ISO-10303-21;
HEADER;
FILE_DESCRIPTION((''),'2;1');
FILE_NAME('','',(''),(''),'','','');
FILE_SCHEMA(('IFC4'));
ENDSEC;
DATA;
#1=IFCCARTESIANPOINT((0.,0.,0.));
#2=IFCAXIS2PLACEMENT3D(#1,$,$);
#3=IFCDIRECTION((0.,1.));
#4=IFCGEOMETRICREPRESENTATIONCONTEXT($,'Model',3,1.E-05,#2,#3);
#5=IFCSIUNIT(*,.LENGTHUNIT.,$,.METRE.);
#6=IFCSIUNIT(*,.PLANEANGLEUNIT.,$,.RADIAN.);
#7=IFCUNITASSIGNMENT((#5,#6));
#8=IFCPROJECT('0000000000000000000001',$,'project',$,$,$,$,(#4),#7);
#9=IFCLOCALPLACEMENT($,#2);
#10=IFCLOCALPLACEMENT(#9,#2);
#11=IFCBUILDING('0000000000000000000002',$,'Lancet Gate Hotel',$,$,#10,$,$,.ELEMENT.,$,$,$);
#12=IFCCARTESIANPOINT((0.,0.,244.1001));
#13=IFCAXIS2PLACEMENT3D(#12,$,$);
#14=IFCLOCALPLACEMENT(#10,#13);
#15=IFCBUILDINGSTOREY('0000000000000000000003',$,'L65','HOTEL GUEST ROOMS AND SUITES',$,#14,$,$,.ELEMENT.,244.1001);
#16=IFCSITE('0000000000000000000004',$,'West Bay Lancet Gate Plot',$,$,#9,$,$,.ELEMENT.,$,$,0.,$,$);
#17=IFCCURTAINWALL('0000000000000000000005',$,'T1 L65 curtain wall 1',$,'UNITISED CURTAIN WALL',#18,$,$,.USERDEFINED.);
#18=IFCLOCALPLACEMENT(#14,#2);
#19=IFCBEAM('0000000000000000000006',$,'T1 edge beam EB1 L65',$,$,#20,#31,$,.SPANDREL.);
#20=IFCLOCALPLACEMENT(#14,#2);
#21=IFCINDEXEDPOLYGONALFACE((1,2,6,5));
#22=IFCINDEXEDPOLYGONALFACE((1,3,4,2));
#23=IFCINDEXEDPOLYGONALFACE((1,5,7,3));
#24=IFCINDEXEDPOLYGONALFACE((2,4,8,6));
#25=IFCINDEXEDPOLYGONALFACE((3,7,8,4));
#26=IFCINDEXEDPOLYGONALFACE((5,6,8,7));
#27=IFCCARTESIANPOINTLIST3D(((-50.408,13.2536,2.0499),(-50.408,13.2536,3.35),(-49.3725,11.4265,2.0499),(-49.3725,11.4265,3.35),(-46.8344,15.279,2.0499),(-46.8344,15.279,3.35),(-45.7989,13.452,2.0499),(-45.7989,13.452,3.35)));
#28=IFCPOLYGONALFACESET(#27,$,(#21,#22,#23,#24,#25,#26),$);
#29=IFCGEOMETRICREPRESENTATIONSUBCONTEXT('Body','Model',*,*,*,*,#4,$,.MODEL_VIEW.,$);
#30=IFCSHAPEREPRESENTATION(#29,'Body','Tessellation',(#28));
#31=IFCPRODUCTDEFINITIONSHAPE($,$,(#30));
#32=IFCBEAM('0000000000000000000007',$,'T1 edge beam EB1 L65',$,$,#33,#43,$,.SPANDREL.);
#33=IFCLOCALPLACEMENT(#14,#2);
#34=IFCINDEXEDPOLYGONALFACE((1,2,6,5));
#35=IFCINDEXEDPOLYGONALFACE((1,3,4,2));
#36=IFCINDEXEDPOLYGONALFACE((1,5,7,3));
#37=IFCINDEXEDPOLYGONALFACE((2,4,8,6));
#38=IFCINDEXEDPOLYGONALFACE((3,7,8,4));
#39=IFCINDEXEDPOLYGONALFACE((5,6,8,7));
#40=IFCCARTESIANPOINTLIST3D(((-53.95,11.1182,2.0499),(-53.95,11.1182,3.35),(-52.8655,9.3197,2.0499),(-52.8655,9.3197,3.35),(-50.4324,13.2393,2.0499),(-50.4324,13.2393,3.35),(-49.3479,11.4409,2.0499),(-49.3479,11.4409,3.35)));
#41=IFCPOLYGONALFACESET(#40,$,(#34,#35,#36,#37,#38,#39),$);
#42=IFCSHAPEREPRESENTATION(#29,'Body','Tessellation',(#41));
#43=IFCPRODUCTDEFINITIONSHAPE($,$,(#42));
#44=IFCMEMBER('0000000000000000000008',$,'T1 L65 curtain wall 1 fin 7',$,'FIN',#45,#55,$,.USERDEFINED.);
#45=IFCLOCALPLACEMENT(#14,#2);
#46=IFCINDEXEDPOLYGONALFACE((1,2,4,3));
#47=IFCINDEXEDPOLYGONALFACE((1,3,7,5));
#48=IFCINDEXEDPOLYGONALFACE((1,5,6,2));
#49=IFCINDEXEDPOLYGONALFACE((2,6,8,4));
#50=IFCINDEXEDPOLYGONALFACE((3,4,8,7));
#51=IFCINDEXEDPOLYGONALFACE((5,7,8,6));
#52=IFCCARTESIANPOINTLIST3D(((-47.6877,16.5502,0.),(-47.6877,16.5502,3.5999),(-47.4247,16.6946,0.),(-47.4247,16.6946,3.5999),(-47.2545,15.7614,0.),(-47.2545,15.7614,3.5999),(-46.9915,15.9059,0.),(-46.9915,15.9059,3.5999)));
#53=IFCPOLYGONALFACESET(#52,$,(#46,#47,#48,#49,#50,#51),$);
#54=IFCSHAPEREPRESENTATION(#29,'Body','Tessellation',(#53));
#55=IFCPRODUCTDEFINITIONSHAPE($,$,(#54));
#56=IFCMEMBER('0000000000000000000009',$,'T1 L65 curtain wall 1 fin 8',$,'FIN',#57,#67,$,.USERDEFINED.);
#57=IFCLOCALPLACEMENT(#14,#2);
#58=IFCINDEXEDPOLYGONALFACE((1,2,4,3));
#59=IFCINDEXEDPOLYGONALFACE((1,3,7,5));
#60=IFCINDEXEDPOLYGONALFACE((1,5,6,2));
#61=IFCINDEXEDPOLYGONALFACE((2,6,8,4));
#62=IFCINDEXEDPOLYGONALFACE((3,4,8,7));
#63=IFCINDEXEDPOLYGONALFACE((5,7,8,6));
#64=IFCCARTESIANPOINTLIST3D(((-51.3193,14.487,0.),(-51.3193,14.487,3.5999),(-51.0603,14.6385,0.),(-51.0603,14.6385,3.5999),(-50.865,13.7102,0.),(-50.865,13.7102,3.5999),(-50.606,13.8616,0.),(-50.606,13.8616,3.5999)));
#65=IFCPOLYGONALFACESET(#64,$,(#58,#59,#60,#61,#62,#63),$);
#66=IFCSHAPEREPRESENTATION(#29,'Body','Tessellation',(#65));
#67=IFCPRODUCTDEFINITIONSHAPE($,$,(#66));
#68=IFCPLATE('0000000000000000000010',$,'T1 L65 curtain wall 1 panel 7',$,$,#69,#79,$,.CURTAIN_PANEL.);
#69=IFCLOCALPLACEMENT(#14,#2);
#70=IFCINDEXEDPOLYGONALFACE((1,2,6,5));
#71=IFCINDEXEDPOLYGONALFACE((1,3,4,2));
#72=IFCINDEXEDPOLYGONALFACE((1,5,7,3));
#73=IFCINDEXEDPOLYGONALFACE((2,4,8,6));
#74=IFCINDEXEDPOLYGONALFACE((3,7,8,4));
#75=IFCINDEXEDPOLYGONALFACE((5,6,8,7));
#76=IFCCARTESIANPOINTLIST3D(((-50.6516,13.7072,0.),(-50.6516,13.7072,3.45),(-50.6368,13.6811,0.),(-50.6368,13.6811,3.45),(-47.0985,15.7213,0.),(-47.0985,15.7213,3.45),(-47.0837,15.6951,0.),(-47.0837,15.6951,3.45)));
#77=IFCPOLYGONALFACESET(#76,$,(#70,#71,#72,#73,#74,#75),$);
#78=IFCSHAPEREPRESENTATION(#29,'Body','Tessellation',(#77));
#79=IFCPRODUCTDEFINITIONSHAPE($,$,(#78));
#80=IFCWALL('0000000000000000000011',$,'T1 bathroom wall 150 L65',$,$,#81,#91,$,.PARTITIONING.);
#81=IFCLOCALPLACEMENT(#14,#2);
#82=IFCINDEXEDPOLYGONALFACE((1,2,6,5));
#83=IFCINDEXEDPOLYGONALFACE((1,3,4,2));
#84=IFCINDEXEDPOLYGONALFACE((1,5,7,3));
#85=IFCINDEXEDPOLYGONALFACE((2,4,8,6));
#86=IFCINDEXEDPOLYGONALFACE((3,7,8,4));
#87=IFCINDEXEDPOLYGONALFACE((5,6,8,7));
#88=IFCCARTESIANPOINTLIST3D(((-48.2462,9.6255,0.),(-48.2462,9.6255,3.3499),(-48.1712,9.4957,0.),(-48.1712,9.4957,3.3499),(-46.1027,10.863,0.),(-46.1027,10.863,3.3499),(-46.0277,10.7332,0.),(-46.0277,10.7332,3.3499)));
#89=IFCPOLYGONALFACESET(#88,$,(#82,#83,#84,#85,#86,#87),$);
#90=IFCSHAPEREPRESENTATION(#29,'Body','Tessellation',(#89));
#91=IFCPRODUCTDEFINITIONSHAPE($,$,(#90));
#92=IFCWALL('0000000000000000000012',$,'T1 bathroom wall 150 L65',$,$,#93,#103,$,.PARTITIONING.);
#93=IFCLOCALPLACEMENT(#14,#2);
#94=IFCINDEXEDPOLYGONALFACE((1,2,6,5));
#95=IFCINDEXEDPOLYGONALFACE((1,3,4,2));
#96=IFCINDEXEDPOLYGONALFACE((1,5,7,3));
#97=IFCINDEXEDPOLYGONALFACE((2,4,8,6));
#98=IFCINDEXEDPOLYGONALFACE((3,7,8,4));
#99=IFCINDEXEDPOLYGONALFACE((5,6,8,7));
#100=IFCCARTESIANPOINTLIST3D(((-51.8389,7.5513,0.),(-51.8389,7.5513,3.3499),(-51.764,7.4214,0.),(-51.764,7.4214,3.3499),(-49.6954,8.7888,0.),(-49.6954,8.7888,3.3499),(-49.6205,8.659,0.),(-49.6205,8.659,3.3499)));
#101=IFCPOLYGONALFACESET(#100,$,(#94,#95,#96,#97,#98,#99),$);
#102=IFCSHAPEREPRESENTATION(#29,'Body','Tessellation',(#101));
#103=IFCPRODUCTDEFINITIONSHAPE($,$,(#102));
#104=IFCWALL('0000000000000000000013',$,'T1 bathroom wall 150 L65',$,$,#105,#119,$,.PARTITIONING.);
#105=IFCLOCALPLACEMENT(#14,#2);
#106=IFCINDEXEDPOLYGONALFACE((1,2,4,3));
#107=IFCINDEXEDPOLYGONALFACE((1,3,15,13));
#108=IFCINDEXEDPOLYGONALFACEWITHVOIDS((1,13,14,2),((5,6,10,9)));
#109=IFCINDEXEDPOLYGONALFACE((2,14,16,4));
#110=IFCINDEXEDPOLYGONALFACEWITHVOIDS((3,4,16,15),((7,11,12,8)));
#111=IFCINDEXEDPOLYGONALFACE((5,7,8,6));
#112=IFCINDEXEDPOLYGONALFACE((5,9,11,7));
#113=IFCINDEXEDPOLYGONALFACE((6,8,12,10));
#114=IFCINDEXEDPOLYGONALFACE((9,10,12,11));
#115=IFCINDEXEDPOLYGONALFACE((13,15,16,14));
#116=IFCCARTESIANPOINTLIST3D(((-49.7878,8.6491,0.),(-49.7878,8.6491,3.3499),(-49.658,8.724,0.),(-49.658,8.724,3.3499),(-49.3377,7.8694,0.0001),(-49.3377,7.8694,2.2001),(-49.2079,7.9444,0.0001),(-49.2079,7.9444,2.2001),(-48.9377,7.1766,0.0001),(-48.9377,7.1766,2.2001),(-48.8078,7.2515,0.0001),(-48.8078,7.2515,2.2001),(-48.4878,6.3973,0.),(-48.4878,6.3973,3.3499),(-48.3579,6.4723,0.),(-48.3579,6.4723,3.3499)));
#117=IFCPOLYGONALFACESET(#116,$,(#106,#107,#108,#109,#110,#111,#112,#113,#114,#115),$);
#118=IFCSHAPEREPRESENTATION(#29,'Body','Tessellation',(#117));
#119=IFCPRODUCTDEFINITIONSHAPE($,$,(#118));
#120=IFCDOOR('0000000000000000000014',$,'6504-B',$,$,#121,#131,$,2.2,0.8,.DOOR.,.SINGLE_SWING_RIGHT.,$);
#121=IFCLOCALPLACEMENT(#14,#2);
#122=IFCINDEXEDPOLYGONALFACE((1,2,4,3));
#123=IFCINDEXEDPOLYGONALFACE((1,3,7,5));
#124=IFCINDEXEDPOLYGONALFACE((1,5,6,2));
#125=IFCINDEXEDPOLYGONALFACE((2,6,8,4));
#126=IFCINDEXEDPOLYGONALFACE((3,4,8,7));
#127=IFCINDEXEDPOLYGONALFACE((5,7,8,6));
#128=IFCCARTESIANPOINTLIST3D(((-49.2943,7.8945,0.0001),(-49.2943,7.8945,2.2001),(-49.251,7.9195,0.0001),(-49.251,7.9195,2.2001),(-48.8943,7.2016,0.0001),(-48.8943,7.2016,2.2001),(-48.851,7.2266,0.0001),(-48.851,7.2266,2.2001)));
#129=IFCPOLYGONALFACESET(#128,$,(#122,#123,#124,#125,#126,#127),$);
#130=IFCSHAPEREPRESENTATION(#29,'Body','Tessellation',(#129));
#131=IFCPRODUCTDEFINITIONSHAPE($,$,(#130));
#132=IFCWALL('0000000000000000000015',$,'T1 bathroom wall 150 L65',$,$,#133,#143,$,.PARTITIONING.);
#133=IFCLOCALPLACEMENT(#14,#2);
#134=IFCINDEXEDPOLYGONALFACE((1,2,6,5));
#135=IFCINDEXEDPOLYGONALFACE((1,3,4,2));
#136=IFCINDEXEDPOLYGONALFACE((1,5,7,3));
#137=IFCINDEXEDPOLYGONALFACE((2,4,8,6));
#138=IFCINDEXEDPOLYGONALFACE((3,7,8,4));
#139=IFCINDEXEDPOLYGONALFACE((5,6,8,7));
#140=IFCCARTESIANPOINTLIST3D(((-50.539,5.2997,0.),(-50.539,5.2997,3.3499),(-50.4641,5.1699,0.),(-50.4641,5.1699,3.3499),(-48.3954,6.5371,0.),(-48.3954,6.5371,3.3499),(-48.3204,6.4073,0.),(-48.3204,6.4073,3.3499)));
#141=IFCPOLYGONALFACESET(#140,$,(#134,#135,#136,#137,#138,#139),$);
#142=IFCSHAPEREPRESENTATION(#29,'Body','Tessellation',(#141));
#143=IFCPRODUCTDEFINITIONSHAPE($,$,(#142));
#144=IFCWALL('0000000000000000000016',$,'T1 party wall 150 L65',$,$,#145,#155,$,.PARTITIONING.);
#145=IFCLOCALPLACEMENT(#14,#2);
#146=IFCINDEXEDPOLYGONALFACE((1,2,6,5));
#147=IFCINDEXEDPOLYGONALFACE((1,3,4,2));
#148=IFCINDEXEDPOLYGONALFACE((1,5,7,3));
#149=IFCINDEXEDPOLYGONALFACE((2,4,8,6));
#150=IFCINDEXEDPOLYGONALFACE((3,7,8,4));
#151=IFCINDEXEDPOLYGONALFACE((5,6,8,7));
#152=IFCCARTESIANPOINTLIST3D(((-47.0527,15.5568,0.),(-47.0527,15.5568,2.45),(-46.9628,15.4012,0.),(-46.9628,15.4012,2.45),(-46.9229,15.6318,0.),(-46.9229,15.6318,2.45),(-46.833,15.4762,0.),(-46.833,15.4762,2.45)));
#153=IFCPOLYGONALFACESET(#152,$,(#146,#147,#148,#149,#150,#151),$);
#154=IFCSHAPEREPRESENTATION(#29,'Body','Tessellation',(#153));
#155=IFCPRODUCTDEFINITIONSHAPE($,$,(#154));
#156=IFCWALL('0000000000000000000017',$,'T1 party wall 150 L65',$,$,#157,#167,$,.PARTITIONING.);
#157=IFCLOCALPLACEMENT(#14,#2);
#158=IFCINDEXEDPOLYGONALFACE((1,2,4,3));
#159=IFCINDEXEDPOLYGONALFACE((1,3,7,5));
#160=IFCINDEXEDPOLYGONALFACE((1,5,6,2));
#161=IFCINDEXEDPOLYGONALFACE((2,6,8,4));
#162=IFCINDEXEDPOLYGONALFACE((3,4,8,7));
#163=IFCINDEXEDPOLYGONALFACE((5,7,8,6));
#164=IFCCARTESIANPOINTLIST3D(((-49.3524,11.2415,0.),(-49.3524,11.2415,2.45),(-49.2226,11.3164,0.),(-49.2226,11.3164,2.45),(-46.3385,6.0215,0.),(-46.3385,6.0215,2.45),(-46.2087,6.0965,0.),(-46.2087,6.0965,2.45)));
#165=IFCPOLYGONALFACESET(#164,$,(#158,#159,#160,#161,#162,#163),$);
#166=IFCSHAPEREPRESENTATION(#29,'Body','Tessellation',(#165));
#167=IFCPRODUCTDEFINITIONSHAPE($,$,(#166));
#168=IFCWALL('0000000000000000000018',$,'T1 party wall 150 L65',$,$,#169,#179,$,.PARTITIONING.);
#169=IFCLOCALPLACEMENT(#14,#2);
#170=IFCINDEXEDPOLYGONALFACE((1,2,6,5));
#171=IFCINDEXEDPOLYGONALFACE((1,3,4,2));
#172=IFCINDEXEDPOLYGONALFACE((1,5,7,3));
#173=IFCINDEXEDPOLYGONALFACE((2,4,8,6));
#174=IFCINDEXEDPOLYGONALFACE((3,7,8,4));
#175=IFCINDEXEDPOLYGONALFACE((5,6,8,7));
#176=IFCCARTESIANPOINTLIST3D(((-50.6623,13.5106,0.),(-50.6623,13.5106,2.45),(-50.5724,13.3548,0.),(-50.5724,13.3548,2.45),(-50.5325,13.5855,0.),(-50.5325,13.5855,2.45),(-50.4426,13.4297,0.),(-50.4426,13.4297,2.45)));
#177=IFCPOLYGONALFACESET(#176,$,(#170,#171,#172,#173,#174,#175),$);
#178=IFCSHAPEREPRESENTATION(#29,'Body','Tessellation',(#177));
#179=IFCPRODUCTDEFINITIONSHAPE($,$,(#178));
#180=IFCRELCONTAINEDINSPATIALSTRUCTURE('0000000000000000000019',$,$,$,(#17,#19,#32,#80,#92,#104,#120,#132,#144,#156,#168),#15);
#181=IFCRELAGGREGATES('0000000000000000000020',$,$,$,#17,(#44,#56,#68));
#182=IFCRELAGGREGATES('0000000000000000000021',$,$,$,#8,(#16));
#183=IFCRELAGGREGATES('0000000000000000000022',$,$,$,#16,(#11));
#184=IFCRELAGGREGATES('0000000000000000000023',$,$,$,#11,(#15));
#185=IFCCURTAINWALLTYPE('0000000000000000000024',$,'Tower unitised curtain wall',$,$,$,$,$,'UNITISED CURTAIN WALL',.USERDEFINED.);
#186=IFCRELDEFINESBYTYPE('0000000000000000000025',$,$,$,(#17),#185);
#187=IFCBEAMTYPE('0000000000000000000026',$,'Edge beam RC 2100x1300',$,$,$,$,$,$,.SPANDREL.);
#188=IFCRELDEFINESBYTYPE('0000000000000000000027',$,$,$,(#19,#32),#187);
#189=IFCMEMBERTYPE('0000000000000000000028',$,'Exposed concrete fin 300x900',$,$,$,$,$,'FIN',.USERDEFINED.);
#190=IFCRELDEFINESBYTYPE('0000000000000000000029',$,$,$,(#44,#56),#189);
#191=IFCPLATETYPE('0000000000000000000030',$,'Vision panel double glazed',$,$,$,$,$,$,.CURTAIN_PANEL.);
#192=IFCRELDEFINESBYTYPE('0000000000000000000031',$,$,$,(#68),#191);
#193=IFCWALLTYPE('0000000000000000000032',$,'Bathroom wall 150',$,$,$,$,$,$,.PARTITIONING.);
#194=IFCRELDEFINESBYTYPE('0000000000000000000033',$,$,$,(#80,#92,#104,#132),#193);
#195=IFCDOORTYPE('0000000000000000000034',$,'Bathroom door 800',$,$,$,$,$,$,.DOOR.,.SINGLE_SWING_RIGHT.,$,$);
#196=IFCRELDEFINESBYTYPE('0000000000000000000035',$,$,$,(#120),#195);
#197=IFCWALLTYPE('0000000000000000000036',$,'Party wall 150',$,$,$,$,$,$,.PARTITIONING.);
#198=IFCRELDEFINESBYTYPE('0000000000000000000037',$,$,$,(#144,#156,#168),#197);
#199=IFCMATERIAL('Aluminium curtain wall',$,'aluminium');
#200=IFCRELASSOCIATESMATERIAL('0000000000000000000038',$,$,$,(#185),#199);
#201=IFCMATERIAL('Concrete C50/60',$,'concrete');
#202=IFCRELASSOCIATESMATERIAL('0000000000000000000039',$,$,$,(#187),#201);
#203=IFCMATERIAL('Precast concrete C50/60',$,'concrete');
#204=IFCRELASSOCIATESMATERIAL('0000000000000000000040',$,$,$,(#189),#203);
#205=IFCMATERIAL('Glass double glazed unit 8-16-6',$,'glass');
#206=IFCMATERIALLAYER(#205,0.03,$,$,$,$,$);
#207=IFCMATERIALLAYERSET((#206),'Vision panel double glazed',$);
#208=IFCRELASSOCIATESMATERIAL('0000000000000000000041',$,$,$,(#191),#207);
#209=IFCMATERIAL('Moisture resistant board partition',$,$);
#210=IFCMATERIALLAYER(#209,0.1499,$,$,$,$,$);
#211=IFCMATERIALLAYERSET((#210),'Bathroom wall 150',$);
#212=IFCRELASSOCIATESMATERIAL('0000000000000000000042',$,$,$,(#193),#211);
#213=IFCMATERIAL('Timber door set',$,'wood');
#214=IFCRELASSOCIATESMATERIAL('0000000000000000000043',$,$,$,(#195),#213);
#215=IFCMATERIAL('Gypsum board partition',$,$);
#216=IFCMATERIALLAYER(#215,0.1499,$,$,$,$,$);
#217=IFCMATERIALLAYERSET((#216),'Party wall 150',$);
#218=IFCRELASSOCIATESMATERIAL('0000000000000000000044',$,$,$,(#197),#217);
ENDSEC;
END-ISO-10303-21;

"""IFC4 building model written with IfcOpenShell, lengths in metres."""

from ifc_helpers import new_model, si_unit, direction, frame, frame_2d, origin, origin_2d, place, context, subcontext, project, spatial, rectangle, extrude, material, layer, layer_set, material_profile, profile_set, type_object, element, fill, aggregate, save


model = new_model("IFC4")

# Units and contexts
model_context = context("Model", 3, precision=1e-05, world=origin(), true_north=direction((0.0, 1.0)))
body_context = subcontext(model_context, "Body", "Model", "MODEL_VIEW")
ifc_project = project(units=[si_unit("LENGTHUNIT", "METRE"), si_unit("PLANEANGLEUNIT", "RADIAN")], contexts=[model_context])

# Site, building, storey
site_placement = place(None, origin())
site = spatial("IfcSite", under=ifc_project, at=site_placement, Name="West Bay Lancet Gate Plot", CompositionType="ELEMENT", RefElevation=0.0)
building_placement = place(site_placement, origin())
building = spatial("IfcBuilding", under=site, at=building_placement, Name="Lancet Gate Hotel", CompositionType="ELEMENT")
storey_placement = place(building_placement, frame((0.0, 0.0, 244.1001)))
storey = spatial("IfcBuildingStorey", under=building, at=storey_placement, Name="L65", Description="HOTEL GUEST ROOMS AND SUITES", CompositionType="ELEMENT", Elevation=244.1001)

# Curtain wall
ifc_material_1 = material(Name="Aluminium curtain wall", Category="aluminium")
curtain_wall_type = type_object("IfcCurtainWallType", Name="Tower unitised curtain wall", ElementType="UNITISED CURTAIN WALL", PredefinedType="USERDEFINED", material=ifc_material_1)
curtain_wall_placement = place(storey_placement, origin())
curtain_wall = element("IfcCurtainWall", 1, at=curtain_wall_placement, inside=storey, type_object=curtain_wall_type, Name="T1 L65 curtain wall 1", ObjectType="UNITISED CURTAIN WALL", PredefinedType="USERDEFINED")

# Beams
ifc_material_2 = material(Name="Concrete C50/60", Category="concrete")
ifc_material_profile_1 = material_profile(ifc_material_2, rectangle(XDim=2.1001, YDim=1.3, at=origin_2d()), Name="RC 2100x1300")
ifc_profile_set_1 = profile_set([ifc_material_profile_1], Name="Concrete C50/60")
beam_type = type_object("IfcBeamType", Name="Edge beam RC 2100x1300", PredefinedType="SPANDREL", material=ifc_profile_set_1)
for number, where, z_axis, x_axis, name in (
    (2, (-46.3167, 14.3655, 2.7), (-0.869979, -0.493089, 0.0), (0.493089, -0.869979, 0.0), "T1 edge beam EB1 L65"),
    (3, (-49.8901, 12.3401, 2.7), (-0.856358, -0.516382, 0.0), (0.516382, -0.856358, 0.0), "T1 edge beam EB1 L65"),
):
    element("IfcBeam", number, at=place(storey_placement, frame(where, z_axis=z_axis, x_axis=x_axis)), inside=storey, type_object=beam_type, Name=name, PredefinedType="SPANDREL", context=body_context, shape_type="SweptSolid", body=[
        extrude(rectangle(XDim=2.1001, YDim=1.3, at=origin_2d()), origin(), (0.0, 0.0, 1.0), 4.1077),
    ])

# Members
ifc_material_3 = material(Name="Precast concrete C50/60", Category="concrete")
ifc_material_profile_2 = material_profile(ifc_material_3, rectangle(XDim=0.3, YDim=0.8999, at=origin_2d()), Name="FIN 300x900")
ifc_profile_set_2 = profile_set([ifc_material_profile_2], Name="Precast concrete C50/60")
member_type_1 = type_object("IfcMemberType", Name="Exposed concrete fin 300x900", ElementType="FIN", PredefinedType="USERDEFINED", material=ifc_profile_set_2)
member_1_placement = place(storey_placement, frame((-47.3396, 16.228, 0.0), z_axis=(0.0, 0.0, 1.0), x_axis=(-0.876516, -0.481372, 0.0)))
member_1 = element("IfcMember", 4, at=member_1_placement, type_object=member_type_1, Name="T1 L65 curtain wall 1 fin 7", ObjectType="FIN", PredefinedType="USERDEFINED", context=body_context, shape_type="SweptSolid", body=[
    extrude(rectangle(XDim=0.3, YDim=0.8999, at=origin_2d()), origin(), (0.0, 0.0, 1.0), 3.5999),
])
member_2_placement = place(storey_placement, frame((-50.9626, 14.1743, 0.0), z_axis=(0.0, 0.0, 1.0), x_axis=(-0.863242, -0.50479, 0.0)))
member_2 = element("IfcMember", 5, at=member_2_placement, type_object=member_type_1, Name="T1 L65 curtain wall 1 fin 8", ObjectType="FIN", PredefinedType="USERDEFINED", context=body_context, shape_type="SweptSolid", body=[
    extrude(rectangle(XDim=0.3, YDim=0.8999, at=origin_2d()), origin(), (0.0, 0.0, 1.0), 3.5999),
])

# Plate
ifc_material_4 = material(Name="Glass double glazed unit 8-16-6", Category="glass")
ifc_layer_1 = layer(ifc_material_4, 0.03)
ifc_layer_set_1 = layer_set([ifc_layer_1], Name="Vision panel double glazed")
plate_type = type_object("IfcPlateType", Name="Vision panel double glazed", PredefinedType="CURTAIN_PANEL", material=ifc_layer_set_1)
plate_placement = place(storey_placement, frame((-48.8677, 14.7012, 0.0), z_axis=(0.0, 0.0, 1.0), x_axis=(-0.869958, -0.493126, 0.0)))
plate = element("IfcPlate", 6, at=plate_placement, type_object=plate_type, Name="T1 L65 curtain wall 1 panel 7", PredefinedType="CURTAIN_PANEL", context=body_context, shape_type="SweptSolid", body=[
    extrude(rectangle(XDim=4.0842, YDim=0.03, at=origin_2d()), origin(), (0.0, 0.0, 1.0), 3.45),
])
aggregate(curtain_wall, [member_1, member_2, plate])

# Walls
ifc_material_5 = material(Name="Moisture resistant board partition")
ifc_layer_2 = layer(ifc_material_5, 0.1499)
ifc_layer_set_2 = layer_set([ifc_layer_2], Name="Bathroom wall 150")
wall_type_1 = type_object("IfcWallType", Name="Bathroom wall 150", PredefinedType="PARTITIONING", material=ifc_layer_set_2)
for number, where, z_axis, x_axis, name in (
    (7, (-46.0652, 10.7981, 0.0), (0.0, 0.0, 1.0), (-0.866031, -0.49999, 0.0), "T1 bathroom wall 150 L65"),
    (8, (-49.658, 8.7239, 0.0), (0.0, 0.0, 1.0), (-0.866031, -0.49999, 0.0), "T1 bathroom wall 150 L65"),
):
    element("IfcWall", number, at=place(storey_placement, frame(where, z_axis=z_axis, x_axis=x_axis)), inside=storey, type_object=wall_type_1, Name=name, PredefinedType="PARTITIONING", context=body_context, shape_type="SweptSolid", body=[
        extrude(rectangle(XDim=2.4751, YDim=0.1499, at=frame_2d((1.2375, 0.0))), origin(), (0.0, 0.0, 1.0), 3.3499),
    ])

# Wall, opening, door
wall_1_placement = place(storey_placement, frame((-48.4229, 6.4348, 0.0), z_axis=(0.0, 0.0, 1.0), x_axis=(-0.500007, 0.866021, 0.0)))
wall_1 = element("IfcWall", 9, at=wall_1_placement, inside=storey, type_object=wall_type_1, Name="T1 bathroom wall 150 L65", PredefinedType="PARTITIONING", context=body_context, shape_type="SweptSolid", body=[
    extrude(rectangle(XDim=2.6001, YDim=0.1499, at=frame_2d((1.3, 0.0))), origin(), (0.0, 0.0, 1.0), 3.3499),
])
opening_placement = place(wall_1_placement, frame((0.8999, 0.0, 0.0)))
opening = element("IfcOpeningElement", 10, at=opening_placement, cuts=wall_1, PredefinedType="OPENING", context=body_context, shape_type="SweptSolid", body=[
    extrude(rectangle(XDim=0.8, YDim=2.2, at=frame_2d((0.3999, 1.1001))), frame((0.0, 0.085, 0.0), z_axis=(0.0, -1.0, 0.0), x_axis=(1.0, 0.0, 0.0)), (0.0, 0.0, 1.0), 0.1699),
])
ifc_material_6 = material(Name="Timber door set", Category="wood")
door_type = type_object("IfcDoorType", Name="Bathroom door 800", OperationType="SINGLE_SWING_RIGHT", PredefinedType="DOOR", material=ifc_material_6)
door_placement = place(opening_placement, origin())
door = element("IfcDoor", 11, at=door_placement, inside=storey, type_object=door_type, Name="6504-B", OperationType="SINGLE_SWING_RIGHT", OverallHeight=2.2, OverallWidth=0.8, PredefinedType="DOOR", context=body_context, shape_type="SweptSolid", body=[
    extrude(rectangle(XDim=0.8, YDim=2.2, at=frame_2d((0.3999, 1.1001))), frame((0.0, 0.0249, 0.0), z_axis=(0.0, -1.0, 0.0), x_axis=(1.0, 0.0, 0.0)), (0.0, 0.0, 1.0), 0.05),
])
fill(opening, door)

# Walls
wall_2_placement = place(storey_placement, frame((-48.3579, 6.4722, 0.0), z_axis=(0.0, 0.0, 1.0), x_axis=(-0.866074, -0.499916, 0.0)))
element("IfcWall", 12, at=wall_2_placement, inside=storey, type_object=wall_type_1, Name="T1 bathroom wall 150 L65", PredefinedType="PARTITIONING", context=body_context, shape_type="SweptSolid", body=[
    extrude(rectangle(XDim=2.4751, YDim=0.1499, at=frame_2d((1.2375, 0.0))), origin(), (0.0, 0.0, 1.0), 3.3499),
])
ifc_material_7 = material(Name="Gypsum board partition")
ifc_layer_3 = layer(ifc_material_7, 0.1499)
ifc_layer_set_3 = layer_set([ifc_layer_3], Name="Party wall 150")
wall_type_2 = type_object("IfcWallType", Name="Party wall 150", PredefinedType="PARTITIONING", material=ifc_layer_set_3)
wall_3_placement = place(storey_placement, frame((-46.8979, 15.4387, 0.0), z_axis=(0.0, 0.0, 1.0), x_axis=(-0.500232, 0.865891, 0.0)))
element("IfcWall", 13, at=wall_3_placement, inside=storey, type_object=wall_type_2, Name="T1 party wall 150 L65", PredefinedType="PARTITIONING", context=body_context, shape_type="SweptSolid", body=[
    extrude(rectangle(XDim=0.1797, YDim=0.1499, at=frame_2d((0.0898, 0.0))), origin(), (0.0, 0.0, 1.0), 2.45),
])
wall_4_placement = place(storey_placement, frame((-46.2737, 6.0591, 0.0), z_axis=(0.0, 0.0, 1.0), x_axis=(-0.50002, 0.866014, 0.0)))
element("IfcWall", 14, at=wall_4_placement, inside=storey, type_object=wall_type_2, Name="T1 party wall 150 L65", PredefinedType="PARTITIONING", context=body_context, shape_type="SweptSolid", body=[
    extrude(rectangle(XDim=6.0276, YDim=0.1499, at=frame_2d((3.0137, 0.0))), origin(), (0.0, 0.0, 1.0), 2.45),
])
wall_5_placement = place(storey_placement, frame((-50.5076, 13.3923, 0.0), z_axis=(0.0, 0.0, 1.0), x_axis=(-0.499644, 0.866231, 0.0)))
element("IfcWall", 15, at=wall_5_placement, inside=storey, type_object=wall_type_2, Name="T1 party wall 150 L65", PredefinedType="PARTITIONING", context=body_context, shape_type="SweptSolid", body=[
    extrude(rectangle(XDim=0.1799, YDim=0.1499, at=frame_2d((0.0898, 0.0))), origin(), (0.0, 0.0, 1.0), 2.45),
])

save(model, "model.ifc")
